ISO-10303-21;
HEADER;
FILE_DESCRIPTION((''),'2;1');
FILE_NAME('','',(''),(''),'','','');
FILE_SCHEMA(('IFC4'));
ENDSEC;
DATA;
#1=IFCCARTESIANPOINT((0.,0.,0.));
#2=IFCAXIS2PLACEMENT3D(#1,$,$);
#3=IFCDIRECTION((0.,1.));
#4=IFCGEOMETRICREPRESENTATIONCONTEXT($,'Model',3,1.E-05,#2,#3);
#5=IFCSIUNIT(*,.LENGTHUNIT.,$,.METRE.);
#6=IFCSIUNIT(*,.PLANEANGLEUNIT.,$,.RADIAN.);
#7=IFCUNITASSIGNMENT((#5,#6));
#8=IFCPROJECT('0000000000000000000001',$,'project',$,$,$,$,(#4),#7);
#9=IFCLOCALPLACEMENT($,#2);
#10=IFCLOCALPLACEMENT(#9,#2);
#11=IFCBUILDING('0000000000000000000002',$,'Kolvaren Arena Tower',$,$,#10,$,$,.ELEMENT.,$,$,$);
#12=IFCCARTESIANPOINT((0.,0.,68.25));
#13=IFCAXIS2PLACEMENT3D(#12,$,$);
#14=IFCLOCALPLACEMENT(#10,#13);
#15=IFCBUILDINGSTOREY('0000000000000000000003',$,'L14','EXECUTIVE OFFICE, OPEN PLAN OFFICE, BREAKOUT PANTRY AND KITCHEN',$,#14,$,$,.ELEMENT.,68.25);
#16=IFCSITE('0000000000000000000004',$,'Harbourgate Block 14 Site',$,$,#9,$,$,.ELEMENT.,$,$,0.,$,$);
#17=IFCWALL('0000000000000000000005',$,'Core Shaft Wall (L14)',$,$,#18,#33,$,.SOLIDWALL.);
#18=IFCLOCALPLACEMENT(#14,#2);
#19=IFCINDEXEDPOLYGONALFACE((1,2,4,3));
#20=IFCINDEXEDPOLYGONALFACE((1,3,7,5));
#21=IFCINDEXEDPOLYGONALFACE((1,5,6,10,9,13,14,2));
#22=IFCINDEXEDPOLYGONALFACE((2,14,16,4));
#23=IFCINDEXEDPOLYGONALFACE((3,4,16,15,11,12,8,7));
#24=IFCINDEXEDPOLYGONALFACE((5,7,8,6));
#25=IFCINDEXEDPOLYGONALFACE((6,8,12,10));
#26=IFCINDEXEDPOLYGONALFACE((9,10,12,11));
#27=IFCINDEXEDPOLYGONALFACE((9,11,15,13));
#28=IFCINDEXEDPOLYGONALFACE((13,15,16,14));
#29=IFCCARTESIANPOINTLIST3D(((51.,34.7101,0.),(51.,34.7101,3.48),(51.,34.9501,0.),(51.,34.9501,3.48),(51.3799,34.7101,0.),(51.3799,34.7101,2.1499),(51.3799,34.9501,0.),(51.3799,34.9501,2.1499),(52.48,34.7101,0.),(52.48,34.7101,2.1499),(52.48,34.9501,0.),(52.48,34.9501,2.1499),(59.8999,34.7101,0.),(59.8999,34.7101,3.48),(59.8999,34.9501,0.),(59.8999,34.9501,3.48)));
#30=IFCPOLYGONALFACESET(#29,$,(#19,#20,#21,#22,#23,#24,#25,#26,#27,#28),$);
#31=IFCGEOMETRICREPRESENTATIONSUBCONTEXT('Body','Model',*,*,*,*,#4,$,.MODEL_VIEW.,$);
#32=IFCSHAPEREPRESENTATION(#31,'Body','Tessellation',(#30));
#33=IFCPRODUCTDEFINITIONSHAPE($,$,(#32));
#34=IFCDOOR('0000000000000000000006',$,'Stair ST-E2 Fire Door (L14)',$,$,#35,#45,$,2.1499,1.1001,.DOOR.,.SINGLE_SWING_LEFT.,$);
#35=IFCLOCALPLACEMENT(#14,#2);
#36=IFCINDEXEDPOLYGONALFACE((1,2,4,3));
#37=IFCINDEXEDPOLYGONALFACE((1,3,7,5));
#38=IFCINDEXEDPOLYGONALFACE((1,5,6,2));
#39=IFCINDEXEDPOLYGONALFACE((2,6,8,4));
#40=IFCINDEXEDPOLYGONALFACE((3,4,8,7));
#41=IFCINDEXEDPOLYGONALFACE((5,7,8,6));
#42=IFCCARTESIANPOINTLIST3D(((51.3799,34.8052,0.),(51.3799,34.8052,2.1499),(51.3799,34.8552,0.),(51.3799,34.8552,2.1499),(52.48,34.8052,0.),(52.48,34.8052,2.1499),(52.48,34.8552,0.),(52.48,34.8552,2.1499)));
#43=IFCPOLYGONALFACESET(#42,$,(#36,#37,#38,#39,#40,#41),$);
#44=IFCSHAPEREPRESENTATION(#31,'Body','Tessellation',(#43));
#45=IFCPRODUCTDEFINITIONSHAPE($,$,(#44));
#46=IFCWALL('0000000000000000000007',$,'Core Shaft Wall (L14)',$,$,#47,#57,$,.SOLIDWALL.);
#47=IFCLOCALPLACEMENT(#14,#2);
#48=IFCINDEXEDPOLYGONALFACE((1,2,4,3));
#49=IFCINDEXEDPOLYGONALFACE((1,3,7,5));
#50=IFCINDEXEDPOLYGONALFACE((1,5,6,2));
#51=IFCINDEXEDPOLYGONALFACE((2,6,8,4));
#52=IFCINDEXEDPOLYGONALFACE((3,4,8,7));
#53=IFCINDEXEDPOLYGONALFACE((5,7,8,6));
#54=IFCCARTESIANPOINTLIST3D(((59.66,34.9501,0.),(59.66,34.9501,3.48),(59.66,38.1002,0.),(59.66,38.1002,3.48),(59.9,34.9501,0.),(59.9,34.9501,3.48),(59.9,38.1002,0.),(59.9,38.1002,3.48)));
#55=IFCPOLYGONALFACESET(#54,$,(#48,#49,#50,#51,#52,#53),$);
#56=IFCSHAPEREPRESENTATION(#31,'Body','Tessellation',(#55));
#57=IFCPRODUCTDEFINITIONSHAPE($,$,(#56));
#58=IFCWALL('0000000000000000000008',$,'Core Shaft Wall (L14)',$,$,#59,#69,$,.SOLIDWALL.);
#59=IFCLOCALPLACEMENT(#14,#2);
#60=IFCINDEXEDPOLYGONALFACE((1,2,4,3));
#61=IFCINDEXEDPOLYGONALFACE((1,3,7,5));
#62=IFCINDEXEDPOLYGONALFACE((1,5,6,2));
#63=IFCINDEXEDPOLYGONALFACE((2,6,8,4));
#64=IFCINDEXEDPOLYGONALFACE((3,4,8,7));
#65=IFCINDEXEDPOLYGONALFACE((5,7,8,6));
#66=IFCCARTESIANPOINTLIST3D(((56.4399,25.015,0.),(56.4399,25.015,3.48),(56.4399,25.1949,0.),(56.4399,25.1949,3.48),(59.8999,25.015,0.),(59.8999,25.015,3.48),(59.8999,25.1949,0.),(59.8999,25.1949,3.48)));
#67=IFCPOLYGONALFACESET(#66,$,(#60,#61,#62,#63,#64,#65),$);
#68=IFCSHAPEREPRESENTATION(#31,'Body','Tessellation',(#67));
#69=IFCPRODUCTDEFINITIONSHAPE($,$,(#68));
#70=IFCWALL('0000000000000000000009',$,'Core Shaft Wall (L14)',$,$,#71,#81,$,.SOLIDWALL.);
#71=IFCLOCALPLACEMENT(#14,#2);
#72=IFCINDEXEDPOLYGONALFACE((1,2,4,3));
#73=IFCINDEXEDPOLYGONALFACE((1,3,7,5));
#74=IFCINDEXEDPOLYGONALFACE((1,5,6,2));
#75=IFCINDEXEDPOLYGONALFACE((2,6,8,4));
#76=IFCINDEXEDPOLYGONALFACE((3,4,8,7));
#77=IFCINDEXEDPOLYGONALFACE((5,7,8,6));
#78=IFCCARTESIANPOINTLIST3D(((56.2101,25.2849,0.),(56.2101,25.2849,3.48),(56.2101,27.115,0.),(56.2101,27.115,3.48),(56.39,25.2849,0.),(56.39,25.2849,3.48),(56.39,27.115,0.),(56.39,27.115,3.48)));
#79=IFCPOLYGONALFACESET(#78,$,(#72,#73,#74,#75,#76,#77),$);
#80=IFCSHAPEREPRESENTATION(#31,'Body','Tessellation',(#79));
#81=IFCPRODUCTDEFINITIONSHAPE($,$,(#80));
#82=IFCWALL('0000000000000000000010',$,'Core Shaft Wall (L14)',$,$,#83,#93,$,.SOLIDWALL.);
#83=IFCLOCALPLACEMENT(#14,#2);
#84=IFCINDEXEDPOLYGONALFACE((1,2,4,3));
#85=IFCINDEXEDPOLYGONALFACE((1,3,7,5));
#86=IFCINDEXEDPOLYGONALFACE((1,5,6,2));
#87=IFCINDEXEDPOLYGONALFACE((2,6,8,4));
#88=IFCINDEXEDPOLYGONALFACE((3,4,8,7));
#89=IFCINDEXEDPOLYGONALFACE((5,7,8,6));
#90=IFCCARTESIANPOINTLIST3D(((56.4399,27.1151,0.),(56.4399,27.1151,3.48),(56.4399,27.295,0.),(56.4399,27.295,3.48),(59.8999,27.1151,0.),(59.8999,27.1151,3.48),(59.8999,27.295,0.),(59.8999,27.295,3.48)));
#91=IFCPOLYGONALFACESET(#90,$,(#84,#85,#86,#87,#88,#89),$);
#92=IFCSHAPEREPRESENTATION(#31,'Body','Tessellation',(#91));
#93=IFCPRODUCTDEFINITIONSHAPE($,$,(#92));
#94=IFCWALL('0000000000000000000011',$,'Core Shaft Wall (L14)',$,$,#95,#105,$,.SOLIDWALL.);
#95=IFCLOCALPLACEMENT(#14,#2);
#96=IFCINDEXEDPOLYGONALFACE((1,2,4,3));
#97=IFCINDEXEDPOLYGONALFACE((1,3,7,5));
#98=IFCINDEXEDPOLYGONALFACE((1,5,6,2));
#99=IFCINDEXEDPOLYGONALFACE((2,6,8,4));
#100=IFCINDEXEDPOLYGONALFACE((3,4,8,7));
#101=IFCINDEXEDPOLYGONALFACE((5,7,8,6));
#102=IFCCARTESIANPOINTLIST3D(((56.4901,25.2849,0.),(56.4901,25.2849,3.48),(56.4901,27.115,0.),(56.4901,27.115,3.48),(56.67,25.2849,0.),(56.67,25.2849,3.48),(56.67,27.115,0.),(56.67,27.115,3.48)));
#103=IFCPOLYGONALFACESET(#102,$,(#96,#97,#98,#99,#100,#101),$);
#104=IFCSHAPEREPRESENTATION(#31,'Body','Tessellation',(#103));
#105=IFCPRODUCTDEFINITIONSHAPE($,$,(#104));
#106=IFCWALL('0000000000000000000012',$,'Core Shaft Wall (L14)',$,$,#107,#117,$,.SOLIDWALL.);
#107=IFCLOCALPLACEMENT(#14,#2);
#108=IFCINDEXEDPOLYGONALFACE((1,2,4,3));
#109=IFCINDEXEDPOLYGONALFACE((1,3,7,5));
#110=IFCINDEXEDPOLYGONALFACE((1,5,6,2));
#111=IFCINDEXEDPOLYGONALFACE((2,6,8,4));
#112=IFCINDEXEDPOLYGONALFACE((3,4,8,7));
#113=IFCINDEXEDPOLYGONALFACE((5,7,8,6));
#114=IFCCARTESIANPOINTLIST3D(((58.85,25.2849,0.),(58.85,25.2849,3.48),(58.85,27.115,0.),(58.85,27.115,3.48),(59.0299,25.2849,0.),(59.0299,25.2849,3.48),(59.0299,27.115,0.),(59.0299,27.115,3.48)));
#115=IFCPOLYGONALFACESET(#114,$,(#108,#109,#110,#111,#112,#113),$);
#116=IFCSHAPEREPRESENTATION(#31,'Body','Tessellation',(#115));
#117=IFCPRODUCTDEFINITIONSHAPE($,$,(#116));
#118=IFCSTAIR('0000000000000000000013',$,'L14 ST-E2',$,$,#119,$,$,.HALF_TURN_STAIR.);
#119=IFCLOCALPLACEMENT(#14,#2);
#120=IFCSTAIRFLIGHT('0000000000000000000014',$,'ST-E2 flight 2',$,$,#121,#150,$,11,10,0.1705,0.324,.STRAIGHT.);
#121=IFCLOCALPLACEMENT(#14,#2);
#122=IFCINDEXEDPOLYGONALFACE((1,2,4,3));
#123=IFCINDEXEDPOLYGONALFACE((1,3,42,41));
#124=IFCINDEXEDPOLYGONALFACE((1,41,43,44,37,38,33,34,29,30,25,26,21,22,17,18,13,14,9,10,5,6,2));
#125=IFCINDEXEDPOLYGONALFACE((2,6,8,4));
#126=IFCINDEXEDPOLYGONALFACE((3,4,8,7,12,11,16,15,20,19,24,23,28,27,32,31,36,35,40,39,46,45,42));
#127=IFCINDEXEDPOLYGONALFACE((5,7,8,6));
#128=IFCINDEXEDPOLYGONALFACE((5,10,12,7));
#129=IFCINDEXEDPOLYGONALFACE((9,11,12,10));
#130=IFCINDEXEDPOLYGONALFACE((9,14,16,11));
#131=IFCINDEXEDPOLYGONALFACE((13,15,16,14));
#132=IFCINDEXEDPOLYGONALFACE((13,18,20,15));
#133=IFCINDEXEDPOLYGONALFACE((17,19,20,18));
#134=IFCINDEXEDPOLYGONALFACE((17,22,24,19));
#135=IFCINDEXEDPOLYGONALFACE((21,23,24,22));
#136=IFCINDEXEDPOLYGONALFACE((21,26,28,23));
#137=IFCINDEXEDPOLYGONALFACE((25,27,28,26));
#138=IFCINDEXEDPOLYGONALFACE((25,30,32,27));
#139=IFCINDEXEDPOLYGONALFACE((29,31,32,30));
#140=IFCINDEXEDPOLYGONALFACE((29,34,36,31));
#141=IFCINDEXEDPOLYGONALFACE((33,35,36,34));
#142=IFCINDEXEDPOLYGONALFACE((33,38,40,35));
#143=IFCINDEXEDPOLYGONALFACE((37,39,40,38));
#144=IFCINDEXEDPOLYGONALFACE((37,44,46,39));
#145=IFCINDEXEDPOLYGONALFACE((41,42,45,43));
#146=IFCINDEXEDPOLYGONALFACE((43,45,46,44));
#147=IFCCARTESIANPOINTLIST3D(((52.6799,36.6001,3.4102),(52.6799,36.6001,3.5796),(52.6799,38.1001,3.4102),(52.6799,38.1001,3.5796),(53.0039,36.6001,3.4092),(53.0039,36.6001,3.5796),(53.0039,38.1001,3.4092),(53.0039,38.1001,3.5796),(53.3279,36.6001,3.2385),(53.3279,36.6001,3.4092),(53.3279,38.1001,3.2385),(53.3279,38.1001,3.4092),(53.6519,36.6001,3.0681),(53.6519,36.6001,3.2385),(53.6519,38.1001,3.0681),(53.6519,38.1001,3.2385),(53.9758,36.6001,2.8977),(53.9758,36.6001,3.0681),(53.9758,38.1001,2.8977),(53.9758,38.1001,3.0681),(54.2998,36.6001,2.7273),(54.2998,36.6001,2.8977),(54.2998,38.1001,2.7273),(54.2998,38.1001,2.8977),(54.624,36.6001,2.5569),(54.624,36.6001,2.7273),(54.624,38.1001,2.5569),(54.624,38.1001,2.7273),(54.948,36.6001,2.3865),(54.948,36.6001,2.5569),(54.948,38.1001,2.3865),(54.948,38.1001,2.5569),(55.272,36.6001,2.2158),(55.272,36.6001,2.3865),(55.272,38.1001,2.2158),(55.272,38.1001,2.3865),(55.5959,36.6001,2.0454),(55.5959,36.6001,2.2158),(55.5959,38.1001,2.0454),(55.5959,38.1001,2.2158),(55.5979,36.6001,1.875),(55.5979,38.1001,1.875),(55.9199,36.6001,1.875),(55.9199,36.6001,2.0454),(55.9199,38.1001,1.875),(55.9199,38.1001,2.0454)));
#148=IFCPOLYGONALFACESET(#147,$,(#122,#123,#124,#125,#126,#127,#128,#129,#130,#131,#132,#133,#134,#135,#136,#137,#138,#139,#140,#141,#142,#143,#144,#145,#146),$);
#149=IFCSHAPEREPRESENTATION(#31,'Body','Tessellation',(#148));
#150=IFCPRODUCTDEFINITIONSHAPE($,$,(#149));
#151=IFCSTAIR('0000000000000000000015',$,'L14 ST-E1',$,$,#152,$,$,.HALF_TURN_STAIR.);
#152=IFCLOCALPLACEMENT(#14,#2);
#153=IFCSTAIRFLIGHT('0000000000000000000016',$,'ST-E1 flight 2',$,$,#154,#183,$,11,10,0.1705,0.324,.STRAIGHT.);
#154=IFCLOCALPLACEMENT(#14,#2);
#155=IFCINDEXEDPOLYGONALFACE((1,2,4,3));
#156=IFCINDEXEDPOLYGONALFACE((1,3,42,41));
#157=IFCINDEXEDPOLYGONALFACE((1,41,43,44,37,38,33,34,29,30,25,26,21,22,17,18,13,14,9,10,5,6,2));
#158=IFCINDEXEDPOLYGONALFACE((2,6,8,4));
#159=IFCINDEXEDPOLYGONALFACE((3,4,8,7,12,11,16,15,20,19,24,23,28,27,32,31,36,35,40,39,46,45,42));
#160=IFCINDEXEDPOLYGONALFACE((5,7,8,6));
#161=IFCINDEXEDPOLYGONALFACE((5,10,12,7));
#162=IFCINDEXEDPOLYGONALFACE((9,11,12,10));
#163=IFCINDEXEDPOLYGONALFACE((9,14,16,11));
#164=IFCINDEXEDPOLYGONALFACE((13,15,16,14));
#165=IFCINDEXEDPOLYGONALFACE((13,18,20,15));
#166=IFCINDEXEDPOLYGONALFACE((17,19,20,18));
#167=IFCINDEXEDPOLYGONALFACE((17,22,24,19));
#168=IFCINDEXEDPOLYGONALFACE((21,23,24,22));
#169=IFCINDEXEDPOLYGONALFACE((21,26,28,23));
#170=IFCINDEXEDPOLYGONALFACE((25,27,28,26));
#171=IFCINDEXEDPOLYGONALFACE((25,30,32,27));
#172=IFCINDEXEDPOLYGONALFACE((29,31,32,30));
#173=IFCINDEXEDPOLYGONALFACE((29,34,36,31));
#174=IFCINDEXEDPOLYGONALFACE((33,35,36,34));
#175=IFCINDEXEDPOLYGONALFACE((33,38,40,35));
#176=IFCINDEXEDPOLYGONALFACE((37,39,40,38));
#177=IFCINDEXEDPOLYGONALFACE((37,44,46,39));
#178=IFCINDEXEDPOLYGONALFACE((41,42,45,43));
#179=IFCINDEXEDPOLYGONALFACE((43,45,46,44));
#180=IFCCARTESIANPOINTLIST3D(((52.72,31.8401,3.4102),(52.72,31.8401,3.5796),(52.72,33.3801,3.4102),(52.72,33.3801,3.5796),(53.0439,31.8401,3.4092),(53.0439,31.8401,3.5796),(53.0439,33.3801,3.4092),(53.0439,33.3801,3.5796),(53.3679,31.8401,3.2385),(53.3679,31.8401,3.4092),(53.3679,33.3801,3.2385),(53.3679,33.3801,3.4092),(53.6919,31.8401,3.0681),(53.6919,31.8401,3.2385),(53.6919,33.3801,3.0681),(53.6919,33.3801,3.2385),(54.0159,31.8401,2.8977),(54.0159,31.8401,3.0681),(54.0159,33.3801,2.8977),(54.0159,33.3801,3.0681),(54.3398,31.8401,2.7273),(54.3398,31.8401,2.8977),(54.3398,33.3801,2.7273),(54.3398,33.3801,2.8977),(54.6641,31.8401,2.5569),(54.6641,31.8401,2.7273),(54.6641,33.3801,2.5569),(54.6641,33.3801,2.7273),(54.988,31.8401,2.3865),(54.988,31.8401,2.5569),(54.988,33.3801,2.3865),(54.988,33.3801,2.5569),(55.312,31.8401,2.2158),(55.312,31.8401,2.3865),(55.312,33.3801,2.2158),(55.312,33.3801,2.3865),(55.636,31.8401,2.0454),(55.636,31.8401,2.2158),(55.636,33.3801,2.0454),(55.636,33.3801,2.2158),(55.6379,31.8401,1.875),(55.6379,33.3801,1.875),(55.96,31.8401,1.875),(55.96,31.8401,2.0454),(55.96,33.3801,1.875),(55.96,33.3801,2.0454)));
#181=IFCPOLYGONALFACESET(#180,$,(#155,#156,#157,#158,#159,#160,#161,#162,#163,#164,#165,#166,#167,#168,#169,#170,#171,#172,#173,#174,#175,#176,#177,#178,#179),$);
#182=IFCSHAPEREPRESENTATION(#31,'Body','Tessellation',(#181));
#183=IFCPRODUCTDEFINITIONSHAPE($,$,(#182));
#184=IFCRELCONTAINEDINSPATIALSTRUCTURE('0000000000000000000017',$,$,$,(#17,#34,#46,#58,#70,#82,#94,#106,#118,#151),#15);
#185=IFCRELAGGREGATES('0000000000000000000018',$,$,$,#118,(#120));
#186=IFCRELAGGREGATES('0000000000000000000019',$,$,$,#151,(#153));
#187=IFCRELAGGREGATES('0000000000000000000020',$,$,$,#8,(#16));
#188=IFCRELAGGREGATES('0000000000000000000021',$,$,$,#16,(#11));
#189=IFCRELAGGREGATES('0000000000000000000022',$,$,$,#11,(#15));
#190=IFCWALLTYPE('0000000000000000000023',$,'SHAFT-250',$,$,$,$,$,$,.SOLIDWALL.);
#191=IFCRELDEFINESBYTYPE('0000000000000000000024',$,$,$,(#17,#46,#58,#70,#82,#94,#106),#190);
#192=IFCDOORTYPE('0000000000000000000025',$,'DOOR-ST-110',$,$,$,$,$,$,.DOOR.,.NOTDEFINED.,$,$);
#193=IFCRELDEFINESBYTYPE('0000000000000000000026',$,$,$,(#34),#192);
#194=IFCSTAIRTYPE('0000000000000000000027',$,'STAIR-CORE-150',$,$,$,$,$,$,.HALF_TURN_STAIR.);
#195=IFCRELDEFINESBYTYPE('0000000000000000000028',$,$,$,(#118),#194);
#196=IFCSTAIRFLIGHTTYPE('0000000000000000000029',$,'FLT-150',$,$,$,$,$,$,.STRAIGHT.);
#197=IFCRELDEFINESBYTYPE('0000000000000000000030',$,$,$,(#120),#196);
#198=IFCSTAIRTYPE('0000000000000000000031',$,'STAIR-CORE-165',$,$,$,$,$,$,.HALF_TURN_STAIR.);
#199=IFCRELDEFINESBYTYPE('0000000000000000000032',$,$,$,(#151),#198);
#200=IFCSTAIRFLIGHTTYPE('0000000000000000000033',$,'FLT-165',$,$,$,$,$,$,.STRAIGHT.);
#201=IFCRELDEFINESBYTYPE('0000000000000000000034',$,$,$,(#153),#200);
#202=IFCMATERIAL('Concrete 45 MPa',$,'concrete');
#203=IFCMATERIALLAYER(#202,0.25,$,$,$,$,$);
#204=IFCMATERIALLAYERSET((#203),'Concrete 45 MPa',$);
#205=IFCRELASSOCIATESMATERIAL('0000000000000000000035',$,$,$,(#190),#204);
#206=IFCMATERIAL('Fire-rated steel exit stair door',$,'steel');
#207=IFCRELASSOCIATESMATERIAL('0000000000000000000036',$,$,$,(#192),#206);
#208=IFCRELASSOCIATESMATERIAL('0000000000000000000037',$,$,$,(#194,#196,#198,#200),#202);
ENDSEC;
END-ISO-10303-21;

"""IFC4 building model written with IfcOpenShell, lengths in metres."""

from ifc_helpers import new_model, si_unit, direction, frame, frame_2d, origin, place, context, subcontext, project, spatial, polyline, rectangle, outline, extrude, material, layer, layer_set, type_object, element, fill, aggregate, save


model = new_model("IFC4")

# Units and contexts
model_context = context("Model", 3, precision=1e-05, world=origin(), true_north=direction((0.0, 1.0)))
body_context = subcontext(model_context, "Body", "Model", "MODEL_VIEW")
ifc_project = project(units=[si_unit("LENGTHUNIT", "METRE"), si_unit("PLANEANGLEUNIT", "RADIAN")], contexts=[model_context])

# Site, building, storey
site_placement = place(None, origin())
site = spatial("IfcSite", under=ifc_project, at=site_placement, Name="Harbourgate Block 14 Site", CompositionType="ELEMENT", RefElevation=0.0)
building_placement = place(site_placement, origin())
building = spatial("IfcBuilding", under=site, at=building_placement, Name="Kolvaren Arena Tower", CompositionType="ELEMENT")
storey_placement = place(building_placement, frame((0.0, 0.0, 68.25)))
storey = spatial("IfcBuildingStorey", under=building, at=storey_placement, Name="L14", Description="EXECUTIVE OFFICE, OPEN PLAN OFFICE, BREAKOUT PANTRY AND KITCHEN", CompositionType="ELEMENT", Elevation=68.25)

# Shared definitions
ifc_material_1 = material(Name="Concrete 45 MPa", Category="concrete")
ifc_layer = layer(ifc_material_1, 0.25)
ifc_layer_set = layer_set([ifc_layer], Name="Concrete 45 MPa")
wall_type = type_object("IfcWallType", Name="SHAFT-250", PredefinedType="SOLIDWALL", material=ifc_layer_set)
ifc_material_2 = material(Name="Fire-rated steel exit stair door", Category="steel")
door_type = type_object("IfcDoorType", Name="DOOR-ST-110", OperationType="NOTDEFINED", PredefinedType="DOOR", material=ifc_material_2)

# Wall, opening, door
wall_1_placement = place(storey_placement, frame((59.8999, 34.8301, 0.0), z_axis=(0.0, 0.0, 1.0), x_axis=(-1.0, 0.0, 0.0)))
wall_1 = element("IfcWall", 1, at=wall_1_placement, inside=storey, type_object=wall_type, Name="Core Shaft Wall (L14)", PredefinedType="SOLIDWALL", context=body_context, shape_type="SweptSolid", body=[
    extrude(rectangle(XDim=8.8999, YDim=0.24, at=frame_2d((4.45, 0.0))), origin(), (0.0, 0.0, 1.0), 3.48),
])
opening_1_placement = place(wall_1_placement, frame((7.4199, 0.0, 0.0)))
opening_1 = element("IfcOpeningElement", 2, at=opening_1_placement, cuts=wall_1, PredefinedType="OPENING", context=body_context, shape_type="SweptSolid", body=[
    extrude(rectangle(XDim=1.1001, YDim=2.1499, at=frame_2d((0.55, 1.075))), frame((0.0, 0.1299, 0.0), z_axis=(0.0, -1.0, 0.0), x_axis=(1.0, 0.0, 0.0)), (0.0, 0.0, 1.0), 0.26),
])
door_1_placement = place(opening_1_placement, origin())
door_1 = element("IfcDoor", 3, at=door_1_placement, inside=storey, type_object=door_type, Name="Stair ST-E2 Fire Door (L14)", OperationType="SINGLE_SWING_LEFT", OverallHeight=2.1499, OverallWidth=1.1001, PredefinedType="DOOR", context=body_context, shape_type="SweptSolid", body=[
    extrude(rectangle(XDim=1.1001, YDim=2.1499, at=frame_2d((0.55, 1.075))), frame((0.0, 0.0249, 0.0), z_axis=(0.0, -1.0, 0.0), x_axis=(1.0, 0.0, 0.0)), (0.0, 0.0, 1.0), 0.05),
])
fill(opening_1, door_1)

# Walls
wall_2_placement = place(storey_placement, frame((59.78, 34.95, 0.0), z_axis=(0.0, 0.0, 1.0), x_axis=(0.0, 1.0, 0.0)))
element("IfcWall", 4, at=wall_2_placement, inside=storey, type_object=wall_type, Name="Core Shaft Wall (L14)", PredefinedType="SOLIDWALL", context=body_context, shape_type="SweptSolid", body=[
    extrude(rectangle(XDim=3.1501, YDim=0.24, at=frame_2d((1.5752, 0.0))), origin(), (0.0, 0.0, 1.0), 3.48),
])
wall_3_placement = place(storey_placement, frame((56.4399, 25.105, 0.0), z_axis=(0.0, 0.0, 1.0), x_axis=(1.0, 0.0, 0.0)))
element("IfcWall", 5, at=wall_3_placement, inside=storey, type_object=wall_type, Name="Core Shaft Wall (L14)", PredefinedType="SOLIDWALL", context=body_context, shape_type="SweptSolid", body=[
    extrude(rectangle(XDim=3.46, YDim=0.1799, at=frame_2d((1.73, 0.0))), origin(), (0.0, 0.0, 1.0), 3.48),
])
wall_4_placement = place(storey_placement, frame((56.3, 25.2849, 0.0), z_axis=(0.0, 0.0, 1.0), x_axis=(0.0, 1.0, 0.0)))
element("IfcWall", 6, at=wall_4_placement, inside=storey, type_object=wall_type, Name="Core Shaft Wall (L14)", PredefinedType="SOLIDWALL", context=body_context, shape_type="SweptSolid", body=[
    extrude(rectangle(XDim=1.8301, YDim=0.1799, at=frame_2d((0.915, 0.0))), origin(), (0.0, 0.0, 1.0), 3.48),
])
wall_5_placement = place(storey_placement, frame((56.4399, 27.2051, 0.0), z_axis=(0.0, 0.0, 1.0), x_axis=(1.0, 0.0, 0.0)))
element("IfcWall", 7, at=wall_5_placement, inside=storey, type_object=wall_type, Name="Core Shaft Wall (L14)", PredefinedType="SOLIDWALL", context=body_context, shape_type="SweptSolid", body=[
    extrude(rectangle(XDim=3.46, YDim=0.1799, at=frame_2d((1.73, 0.0))), origin(), (0.0, 0.0, 1.0), 3.48),
])
for number, where, z_axis, x_axis, name in (
    (8, (56.5801, 25.2849, 0.0), (0.0, 0.0, 1.0), (0.0, 1.0, 0.0), "Core Shaft Wall (L14)"),
    (9, (58.9399, 25.2849, 0.0), (0.0, 0.0, 1.0), (0.0, 1.0, 0.0), "Core Shaft Wall (L14)"),
):
    element("IfcWall", number, at=place(storey_placement, frame(where, z_axis=z_axis, x_axis=x_axis)), inside=storey, type_object=wall_type, Name=name, PredefinedType="SOLIDWALL", context=body_context, shape_type="SweptSolid", body=[
        extrude(rectangle(XDim=1.8301, YDim=0.1799, at=frame_2d((0.915, 0.0))), origin(), (0.0, 0.0, 1.0), 3.48),
    ])

# Stairs, stair flights
stair_type_1 = type_object("IfcStairType", Name="STAIR-CORE-150", PredefinedType="HALF_TURN_STAIR", material=ifc_material_1)
stair_1_placement = place(storey_placement, origin())
stair_1 = element("IfcStair", 10, at=stair_1_placement, inside=storey, type_object=stair_type_1, Name="L14 ST-E2", PredefinedType="HALF_TURN_STAIR")
stair_flight_type_1 = type_object("IfcStairFlightType", Name="FLT-150", PredefinedType="STRAIGHT", material=ifc_material_1)
stair_flight_1_placement = place(storey_placement, frame((55.9199, 37.3501, 1.875), z_axis=(0.0, 0.0, 1.0), x_axis=(-1.0, 0.0, 0.0)))
stair_flight_1 = element("IfcStairFlight", 11, at=stair_flight_1_placement, type_object=stair_flight_type_1, Name="ST-E2 flight 2", NumberOfRisers=11, NumberOfTreads=10, PredefinedType="STRAIGHT", RiserHeight=0.1705, TreadLength=0.324, context=body_context, shape_type="SweptSolid", body=[
    extrude(outline(polyline([(0.0, 0.0), (0.0, 0.1704), (0.324, 0.1704), (0.324, 0.3408), (0.6479, 0.3408), (0.6479, 0.5115), (0.9719, 0.5115), (0.9719, 0.6819), (1.2959, 0.6819), (1.2959, 0.8523), (1.6201, 0.8523), (1.6201, 1.0227), (1.9441, 1.0227), (1.9441, 1.1931), (2.2681, 1.1931), (2.2681, 1.3635), (2.592, 1.3635), (2.592, 1.5342), (2.916, 1.5342), (2.916, 1.7046), (3.24, 1.7046), (3.24, 1.875), (3.24, 1.5352), (0.322, 0.0), (0.0, 0.0)])), frame((0.0, 0.75, 0.0), z_axis=(0.0, -1.0, 0.0), x_axis=(1.0, 0.0, 0.0)), (0.0, 0.0, 1.0), 1.5),
])
aggregate(stair_1, [stair_flight_1])
stair_type_2 = type_object("IfcStairType", Name="STAIR-CORE-165", PredefinedType="HALF_TURN_STAIR", material=ifc_material_1)
stair_2_placement = place(storey_placement, origin())
stair_2 = element("IfcStair", 12, at=stair_2_placement, inside=storey, type_object=stair_type_2, Name="L14 ST-E1", PredefinedType="HALF_TURN_STAIR")
stair_flight_type_2 = type_object("IfcStairFlightType", Name="FLT-165", PredefinedType="STRAIGHT", material=ifc_material_1)
stair_flight_2_placement = place(storey_placement, frame((55.96, 32.6101, 1.875), z_axis=(0.0, 0.0, 1.0), x_axis=(-1.0, 0.0, 0.0)))
stair_flight_2 = element("IfcStairFlight", 13, at=stair_flight_2_placement, type_object=stair_flight_type_2, Name="ST-E1 flight 2", NumberOfRisers=11, NumberOfTreads=10, PredefinedType="STRAIGHT", RiserHeight=0.1705, TreadLength=0.324, context=body_context, shape_type="SweptSolid", body=[
    extrude(outline(polyline([(0.0, 0.0), (0.0, 0.1704), (0.324, 0.1704), (0.324, 0.3408), (0.6479, 0.3408), (0.6479, 0.5115), (0.9719, 0.5115), (0.9719, 0.6819), (1.2959, 0.6819), (1.2959, 0.8523), (1.6201, 0.8523), (1.6201, 1.0227), (1.9441, 1.0227), (1.9441, 1.1931), (2.2681, 1.1931), (2.2681, 1.3635), (2.592, 1.3635), (2.592, 1.5342), (2.916, 1.5342), (2.916, 1.7046), (3.24, 1.7046), (3.24, 1.875), (3.24, 1.5352), (0.322, 0.0), (0.0, 0.0)])), frame((0.0, 0.77, 0.0), z_axis=(0.0, -1.0, 0.0), x_axis=(1.0, 0.0, 0.0)), (0.0, 0.0, 1.0), 1.54),
])
aggregate(stair_2, [stair_flight_2])

save(model, "model.ifc")
